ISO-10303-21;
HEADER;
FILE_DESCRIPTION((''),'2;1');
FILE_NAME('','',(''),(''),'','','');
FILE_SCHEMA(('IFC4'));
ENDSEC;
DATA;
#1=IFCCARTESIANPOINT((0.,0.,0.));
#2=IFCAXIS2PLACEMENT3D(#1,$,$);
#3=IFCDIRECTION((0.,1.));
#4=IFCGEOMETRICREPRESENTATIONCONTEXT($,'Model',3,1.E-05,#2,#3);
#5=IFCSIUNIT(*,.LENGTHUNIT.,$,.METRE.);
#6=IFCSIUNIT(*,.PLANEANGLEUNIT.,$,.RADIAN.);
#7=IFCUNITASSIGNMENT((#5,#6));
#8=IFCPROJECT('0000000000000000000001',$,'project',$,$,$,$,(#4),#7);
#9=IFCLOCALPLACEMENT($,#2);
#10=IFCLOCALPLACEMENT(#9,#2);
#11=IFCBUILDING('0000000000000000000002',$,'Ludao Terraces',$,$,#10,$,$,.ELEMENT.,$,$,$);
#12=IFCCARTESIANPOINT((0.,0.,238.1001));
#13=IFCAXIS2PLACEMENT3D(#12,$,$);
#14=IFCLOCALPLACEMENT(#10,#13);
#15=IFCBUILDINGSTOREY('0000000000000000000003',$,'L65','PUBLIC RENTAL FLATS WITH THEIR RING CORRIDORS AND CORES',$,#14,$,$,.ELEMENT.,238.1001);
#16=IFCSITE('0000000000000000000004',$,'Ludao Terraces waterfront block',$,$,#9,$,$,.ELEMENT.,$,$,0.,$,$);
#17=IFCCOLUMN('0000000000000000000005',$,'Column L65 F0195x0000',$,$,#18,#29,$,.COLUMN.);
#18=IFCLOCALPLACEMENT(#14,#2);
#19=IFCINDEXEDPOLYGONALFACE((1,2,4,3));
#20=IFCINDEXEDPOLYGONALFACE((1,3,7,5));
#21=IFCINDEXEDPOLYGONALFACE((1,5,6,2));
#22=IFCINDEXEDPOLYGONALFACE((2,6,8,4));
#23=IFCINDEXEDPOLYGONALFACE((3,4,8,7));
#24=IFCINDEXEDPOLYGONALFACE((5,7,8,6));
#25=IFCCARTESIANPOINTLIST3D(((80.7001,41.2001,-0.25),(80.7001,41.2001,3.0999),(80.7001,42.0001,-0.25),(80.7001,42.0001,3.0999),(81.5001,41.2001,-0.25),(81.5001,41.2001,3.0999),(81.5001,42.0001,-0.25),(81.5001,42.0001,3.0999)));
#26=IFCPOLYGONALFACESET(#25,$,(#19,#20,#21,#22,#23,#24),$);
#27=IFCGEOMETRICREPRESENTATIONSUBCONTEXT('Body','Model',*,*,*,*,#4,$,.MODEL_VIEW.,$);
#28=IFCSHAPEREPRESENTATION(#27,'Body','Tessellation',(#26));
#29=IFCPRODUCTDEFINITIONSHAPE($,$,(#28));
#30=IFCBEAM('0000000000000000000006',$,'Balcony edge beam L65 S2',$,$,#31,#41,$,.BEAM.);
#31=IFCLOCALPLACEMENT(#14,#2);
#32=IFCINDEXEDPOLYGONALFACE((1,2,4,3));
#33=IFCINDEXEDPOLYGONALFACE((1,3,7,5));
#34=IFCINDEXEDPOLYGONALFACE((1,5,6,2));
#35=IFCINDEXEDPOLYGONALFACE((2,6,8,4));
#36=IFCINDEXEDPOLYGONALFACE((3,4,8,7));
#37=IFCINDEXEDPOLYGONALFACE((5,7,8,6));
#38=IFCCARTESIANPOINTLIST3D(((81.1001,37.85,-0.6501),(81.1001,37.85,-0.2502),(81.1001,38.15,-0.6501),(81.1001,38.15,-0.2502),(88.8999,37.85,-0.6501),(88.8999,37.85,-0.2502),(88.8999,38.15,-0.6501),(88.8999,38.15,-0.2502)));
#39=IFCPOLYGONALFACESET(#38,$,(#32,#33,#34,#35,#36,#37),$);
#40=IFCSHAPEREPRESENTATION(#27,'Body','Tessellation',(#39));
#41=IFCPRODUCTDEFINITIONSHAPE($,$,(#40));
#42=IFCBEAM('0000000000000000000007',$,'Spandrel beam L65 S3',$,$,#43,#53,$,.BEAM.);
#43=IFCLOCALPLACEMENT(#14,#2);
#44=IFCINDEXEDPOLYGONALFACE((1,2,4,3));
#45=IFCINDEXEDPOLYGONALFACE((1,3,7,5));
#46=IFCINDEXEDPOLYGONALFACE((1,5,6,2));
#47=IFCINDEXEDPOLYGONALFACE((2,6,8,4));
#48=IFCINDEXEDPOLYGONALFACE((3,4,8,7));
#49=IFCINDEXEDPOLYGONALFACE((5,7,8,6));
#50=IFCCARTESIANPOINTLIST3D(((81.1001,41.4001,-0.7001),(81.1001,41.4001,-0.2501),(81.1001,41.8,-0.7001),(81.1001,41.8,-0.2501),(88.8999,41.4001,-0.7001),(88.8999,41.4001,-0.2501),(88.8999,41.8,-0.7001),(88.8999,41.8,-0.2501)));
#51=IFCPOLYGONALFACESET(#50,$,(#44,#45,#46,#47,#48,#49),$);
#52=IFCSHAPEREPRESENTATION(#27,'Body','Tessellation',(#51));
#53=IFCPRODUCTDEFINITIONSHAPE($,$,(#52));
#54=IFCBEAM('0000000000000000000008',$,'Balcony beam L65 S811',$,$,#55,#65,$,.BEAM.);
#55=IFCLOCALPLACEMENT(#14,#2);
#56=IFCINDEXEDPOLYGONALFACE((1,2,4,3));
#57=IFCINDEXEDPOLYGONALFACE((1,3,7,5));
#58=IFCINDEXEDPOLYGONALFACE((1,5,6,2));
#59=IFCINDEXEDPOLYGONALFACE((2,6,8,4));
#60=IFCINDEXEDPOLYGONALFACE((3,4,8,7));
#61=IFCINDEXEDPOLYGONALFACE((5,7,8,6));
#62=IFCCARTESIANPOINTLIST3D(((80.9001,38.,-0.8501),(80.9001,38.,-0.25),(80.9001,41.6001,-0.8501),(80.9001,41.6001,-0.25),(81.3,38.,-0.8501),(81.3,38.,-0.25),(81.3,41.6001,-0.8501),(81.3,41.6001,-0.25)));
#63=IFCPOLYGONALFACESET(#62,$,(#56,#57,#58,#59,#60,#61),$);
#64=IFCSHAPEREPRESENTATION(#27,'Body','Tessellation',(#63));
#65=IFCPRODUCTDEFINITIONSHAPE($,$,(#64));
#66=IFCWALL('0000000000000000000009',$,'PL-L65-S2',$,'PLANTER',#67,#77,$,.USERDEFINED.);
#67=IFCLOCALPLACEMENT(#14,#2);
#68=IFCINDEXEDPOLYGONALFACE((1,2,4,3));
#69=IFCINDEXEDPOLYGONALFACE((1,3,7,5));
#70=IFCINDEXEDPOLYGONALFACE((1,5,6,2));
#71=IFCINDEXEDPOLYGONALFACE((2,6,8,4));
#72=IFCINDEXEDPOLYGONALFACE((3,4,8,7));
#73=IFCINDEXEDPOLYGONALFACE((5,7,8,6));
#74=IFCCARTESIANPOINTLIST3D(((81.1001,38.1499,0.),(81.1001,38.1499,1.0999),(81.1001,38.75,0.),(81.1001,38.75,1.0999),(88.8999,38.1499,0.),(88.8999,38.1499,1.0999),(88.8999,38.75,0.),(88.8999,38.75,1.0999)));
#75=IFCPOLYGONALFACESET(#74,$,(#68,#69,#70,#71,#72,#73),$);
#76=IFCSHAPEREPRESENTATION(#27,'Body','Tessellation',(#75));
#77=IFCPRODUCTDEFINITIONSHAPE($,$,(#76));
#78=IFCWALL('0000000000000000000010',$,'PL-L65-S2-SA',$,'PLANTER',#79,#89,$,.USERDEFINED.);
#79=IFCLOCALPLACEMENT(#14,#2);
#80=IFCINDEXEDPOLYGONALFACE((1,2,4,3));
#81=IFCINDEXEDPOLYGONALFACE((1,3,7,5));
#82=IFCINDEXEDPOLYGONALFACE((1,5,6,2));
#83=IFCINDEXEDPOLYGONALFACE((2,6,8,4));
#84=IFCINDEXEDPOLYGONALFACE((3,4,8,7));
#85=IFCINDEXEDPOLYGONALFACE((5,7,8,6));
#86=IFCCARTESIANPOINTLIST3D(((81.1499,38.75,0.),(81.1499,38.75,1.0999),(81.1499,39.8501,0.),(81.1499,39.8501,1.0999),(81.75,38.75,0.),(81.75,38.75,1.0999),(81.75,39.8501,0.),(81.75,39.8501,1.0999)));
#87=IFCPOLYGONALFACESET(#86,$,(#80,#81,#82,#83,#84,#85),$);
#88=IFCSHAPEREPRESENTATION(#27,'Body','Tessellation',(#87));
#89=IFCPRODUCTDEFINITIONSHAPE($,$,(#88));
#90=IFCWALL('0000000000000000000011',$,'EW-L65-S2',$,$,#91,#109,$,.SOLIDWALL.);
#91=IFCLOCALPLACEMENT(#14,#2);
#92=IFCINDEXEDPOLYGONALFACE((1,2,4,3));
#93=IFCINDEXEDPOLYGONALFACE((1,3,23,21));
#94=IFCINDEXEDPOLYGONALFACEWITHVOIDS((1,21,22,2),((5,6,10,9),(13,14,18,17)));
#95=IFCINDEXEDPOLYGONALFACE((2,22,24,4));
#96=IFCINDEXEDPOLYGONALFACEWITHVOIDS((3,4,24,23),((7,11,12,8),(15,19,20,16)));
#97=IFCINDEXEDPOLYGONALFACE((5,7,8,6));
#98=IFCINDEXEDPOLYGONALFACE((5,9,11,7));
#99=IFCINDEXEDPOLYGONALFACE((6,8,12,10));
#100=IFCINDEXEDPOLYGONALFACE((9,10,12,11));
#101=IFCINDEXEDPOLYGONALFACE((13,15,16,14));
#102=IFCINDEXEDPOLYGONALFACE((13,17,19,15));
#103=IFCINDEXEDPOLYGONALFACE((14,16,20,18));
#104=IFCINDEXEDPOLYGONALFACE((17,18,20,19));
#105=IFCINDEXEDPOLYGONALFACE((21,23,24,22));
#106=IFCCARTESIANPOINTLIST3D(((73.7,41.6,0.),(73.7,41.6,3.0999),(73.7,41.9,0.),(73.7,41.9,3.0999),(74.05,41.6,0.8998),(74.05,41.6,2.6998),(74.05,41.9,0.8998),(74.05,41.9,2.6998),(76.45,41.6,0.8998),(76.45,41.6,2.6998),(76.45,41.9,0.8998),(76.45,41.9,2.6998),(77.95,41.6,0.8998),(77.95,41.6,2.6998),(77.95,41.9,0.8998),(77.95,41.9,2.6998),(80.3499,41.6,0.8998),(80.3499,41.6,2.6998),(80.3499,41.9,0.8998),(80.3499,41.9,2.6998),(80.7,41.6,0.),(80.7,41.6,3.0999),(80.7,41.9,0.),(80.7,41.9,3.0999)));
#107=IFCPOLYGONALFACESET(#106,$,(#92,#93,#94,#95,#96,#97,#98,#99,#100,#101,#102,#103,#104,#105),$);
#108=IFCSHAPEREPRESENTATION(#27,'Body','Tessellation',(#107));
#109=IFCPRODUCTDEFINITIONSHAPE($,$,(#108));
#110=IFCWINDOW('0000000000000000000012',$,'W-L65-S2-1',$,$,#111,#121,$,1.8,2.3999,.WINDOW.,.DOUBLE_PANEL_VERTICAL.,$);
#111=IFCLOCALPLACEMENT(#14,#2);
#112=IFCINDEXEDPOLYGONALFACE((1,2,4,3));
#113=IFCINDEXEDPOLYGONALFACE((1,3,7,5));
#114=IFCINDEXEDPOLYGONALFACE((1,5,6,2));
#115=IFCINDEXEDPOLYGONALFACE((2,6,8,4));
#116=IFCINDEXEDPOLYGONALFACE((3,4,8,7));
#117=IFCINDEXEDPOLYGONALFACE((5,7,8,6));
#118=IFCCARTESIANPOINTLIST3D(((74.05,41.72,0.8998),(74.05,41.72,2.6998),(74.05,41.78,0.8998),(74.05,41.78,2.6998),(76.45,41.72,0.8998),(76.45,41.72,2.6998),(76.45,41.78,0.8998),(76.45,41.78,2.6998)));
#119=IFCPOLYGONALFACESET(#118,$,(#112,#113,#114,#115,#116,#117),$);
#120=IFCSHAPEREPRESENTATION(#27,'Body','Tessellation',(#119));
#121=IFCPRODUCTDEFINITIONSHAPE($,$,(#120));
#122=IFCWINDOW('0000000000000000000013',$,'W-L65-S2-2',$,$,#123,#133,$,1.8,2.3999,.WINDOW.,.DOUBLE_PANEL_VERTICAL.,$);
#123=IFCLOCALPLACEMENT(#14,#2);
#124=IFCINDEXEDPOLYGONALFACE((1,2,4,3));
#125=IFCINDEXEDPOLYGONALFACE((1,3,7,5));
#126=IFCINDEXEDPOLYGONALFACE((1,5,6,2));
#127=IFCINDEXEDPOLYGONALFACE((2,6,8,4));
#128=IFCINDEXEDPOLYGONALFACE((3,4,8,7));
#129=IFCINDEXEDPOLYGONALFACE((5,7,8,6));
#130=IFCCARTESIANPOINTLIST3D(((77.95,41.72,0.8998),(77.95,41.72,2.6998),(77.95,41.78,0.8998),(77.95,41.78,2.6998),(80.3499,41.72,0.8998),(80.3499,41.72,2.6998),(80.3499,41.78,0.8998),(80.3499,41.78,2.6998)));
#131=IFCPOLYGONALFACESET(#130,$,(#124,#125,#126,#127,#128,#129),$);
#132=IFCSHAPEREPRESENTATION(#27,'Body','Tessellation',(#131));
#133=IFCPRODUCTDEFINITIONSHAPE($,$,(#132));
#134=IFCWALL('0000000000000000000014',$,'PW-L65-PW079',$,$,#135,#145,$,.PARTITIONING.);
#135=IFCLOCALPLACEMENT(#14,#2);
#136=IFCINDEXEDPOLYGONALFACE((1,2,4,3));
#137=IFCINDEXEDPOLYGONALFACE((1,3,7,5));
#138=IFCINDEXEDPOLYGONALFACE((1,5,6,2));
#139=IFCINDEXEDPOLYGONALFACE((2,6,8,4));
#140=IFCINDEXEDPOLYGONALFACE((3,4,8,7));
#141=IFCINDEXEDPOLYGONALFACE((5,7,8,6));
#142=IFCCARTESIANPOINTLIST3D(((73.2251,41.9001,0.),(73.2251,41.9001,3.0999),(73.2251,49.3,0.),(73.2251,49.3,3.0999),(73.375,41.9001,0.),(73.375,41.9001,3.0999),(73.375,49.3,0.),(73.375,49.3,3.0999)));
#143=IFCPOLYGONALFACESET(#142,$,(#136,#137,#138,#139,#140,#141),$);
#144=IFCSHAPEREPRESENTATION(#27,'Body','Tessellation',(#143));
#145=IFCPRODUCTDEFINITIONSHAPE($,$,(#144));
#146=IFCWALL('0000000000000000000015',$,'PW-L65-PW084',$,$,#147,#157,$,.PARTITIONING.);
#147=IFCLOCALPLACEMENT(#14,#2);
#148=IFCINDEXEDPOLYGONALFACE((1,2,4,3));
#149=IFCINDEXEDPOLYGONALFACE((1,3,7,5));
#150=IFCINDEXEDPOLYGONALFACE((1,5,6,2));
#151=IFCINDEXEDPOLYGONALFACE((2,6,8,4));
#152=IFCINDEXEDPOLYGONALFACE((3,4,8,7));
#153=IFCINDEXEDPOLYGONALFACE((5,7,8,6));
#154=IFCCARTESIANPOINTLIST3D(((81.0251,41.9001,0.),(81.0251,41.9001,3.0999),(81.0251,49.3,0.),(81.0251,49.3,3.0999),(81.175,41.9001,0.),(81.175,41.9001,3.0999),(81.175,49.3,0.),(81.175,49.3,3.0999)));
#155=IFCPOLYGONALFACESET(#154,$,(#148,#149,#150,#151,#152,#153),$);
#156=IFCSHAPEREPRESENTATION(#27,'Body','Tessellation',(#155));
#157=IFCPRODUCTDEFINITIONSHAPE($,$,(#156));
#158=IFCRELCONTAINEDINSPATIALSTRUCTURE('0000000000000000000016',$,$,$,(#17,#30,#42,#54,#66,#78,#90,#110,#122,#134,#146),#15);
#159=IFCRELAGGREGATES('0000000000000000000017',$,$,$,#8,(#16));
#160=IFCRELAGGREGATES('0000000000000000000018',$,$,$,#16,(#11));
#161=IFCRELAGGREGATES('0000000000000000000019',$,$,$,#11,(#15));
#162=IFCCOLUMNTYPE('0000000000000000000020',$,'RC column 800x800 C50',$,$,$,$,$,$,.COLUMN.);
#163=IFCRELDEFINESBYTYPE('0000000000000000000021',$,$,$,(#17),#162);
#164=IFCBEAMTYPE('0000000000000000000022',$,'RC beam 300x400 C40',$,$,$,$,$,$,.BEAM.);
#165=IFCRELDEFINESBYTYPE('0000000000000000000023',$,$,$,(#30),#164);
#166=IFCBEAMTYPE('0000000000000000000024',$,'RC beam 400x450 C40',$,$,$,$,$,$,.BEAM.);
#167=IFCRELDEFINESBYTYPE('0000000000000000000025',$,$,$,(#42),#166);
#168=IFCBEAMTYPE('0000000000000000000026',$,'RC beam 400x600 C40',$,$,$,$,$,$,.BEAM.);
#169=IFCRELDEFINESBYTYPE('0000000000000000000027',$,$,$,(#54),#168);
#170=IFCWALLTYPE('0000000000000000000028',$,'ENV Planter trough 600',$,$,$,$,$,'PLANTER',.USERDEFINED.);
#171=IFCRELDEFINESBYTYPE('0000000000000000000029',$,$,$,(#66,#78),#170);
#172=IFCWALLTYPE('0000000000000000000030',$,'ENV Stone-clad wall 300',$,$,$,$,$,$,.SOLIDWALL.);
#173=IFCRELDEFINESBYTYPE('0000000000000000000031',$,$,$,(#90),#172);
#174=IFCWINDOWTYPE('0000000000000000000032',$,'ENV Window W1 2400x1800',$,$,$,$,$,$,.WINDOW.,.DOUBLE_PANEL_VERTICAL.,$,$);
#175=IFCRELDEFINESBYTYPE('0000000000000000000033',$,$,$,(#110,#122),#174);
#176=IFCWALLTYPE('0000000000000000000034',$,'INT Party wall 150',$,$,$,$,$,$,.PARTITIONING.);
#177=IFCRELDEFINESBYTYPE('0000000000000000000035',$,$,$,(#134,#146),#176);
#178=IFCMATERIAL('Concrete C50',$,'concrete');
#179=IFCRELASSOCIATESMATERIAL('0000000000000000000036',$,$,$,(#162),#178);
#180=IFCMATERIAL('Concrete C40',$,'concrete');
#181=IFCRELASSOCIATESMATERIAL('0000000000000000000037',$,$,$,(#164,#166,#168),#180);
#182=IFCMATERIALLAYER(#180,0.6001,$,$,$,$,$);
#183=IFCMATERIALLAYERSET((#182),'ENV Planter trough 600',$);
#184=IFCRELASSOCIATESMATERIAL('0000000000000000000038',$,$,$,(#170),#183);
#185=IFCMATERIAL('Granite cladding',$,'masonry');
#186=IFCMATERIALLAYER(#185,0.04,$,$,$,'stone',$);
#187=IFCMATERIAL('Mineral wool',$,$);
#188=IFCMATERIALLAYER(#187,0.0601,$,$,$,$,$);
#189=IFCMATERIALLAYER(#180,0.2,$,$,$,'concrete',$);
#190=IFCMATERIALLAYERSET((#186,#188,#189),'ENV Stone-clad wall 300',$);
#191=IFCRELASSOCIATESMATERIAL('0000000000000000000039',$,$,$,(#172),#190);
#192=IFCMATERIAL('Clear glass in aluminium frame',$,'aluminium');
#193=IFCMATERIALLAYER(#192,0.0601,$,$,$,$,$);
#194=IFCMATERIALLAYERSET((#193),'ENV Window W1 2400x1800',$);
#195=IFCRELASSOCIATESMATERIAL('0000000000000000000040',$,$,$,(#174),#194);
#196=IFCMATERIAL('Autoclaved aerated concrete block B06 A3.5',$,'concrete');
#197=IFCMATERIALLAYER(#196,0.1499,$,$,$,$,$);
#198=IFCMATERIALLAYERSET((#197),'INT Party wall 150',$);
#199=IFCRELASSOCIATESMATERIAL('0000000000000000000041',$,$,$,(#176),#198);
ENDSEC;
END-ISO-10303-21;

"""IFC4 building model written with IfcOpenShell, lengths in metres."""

from ifc_helpers import new_model, si_unit, direction, frame, frame_2d, origin, origin_2d, place, context, subcontext, project, spatial, rectangle, extrude, material, layer, layer_set, material_profile, profile_set, type_object, element, fill, save


model = new_model("IFC4")

# Units and contexts
model_context = context("Model", 3, precision=1e-05, world=origin(), true_north=direction((0.0, 1.0)))
body_context = subcontext(model_context, "Body", "Model", "MODEL_VIEW")
ifc_project = project(units=[si_unit("LENGTHUNIT", "METRE"), si_unit("PLANEANGLEUNIT", "RADIAN")], contexts=[model_context])

# Site, building, storey
site_placement = place(None, origin())
site = spatial("IfcSite", under=ifc_project, at=site_placement, Name="Ludao Terraces waterfront block", CompositionType="ELEMENT", RefElevation=0.0)
building_placement = place(site_placement, origin())
building = spatial("IfcBuilding", under=site, at=building_placement, Name="Ludao Terraces", CompositionType="ELEMENT")
storey_placement = place(building_placement, frame((0.0, 0.0, 238.1001)))
storey = spatial("IfcBuildingStorey", under=building, at=storey_placement, Name="L65", Description="PUBLIC RENTAL FLATS WITH THEIR RING CORRIDORS AND CORES", CompositionType="ELEMENT", Elevation=238.1001)

# Column
ifc_material_1 = material(Name="Concrete C50", Category="concrete")
ifc_material_profile_1 = material_profile(ifc_material_1, rectangle(XDim=0.8, YDim=0.8, at=origin_2d()), Name="800 X 800")
ifc_profile_set_1 = profile_set([ifc_material_profile_1], Name="Concrete C50")
column_type = type_object("IfcColumnType", Name="RC column 800x800 C50", PredefinedType="COLUMN", material=ifc_profile_set_1)
column_placement = place(storey_placement, frame((81.1001, 41.6001, -0.25), z_axis=(0.0, 0.0, 1.0), x_axis=(1.0, 0.0, 0.0)))
element("IfcColumn", 1, at=column_placement, inside=storey, type_object=column_type, Name="Column L65 F0195x0000", PredefinedType="COLUMN", context=body_context, shape_type="SweptSolid", body=[
    extrude(rectangle(XDim=0.8, YDim=0.8, at=origin_2d()), origin(), (0.0, 0.0, 1.0), 3.3499),
])

# Beams
ifc_material_2 = material(Name="Concrete C40", Category="concrete")
ifc_material_profile_2 = material_profile(ifc_material_2, rectangle(XDim=0.3, YDim=0.3999, at=origin_2d()), Name="300 X 400")
ifc_profile_set_2 = profile_set([ifc_material_profile_2], Name="Concrete C40")
beam_type_1 = type_object("IfcBeamType", Name="RC beam 300x400 C40", PredefinedType="BEAM", material=ifc_profile_set_2)
beam_1_placement = place(storey_placement, frame((81.1001, 38.0, -0.4502), z_axis=(1.0, 0.0, 0.0), x_axis=(0.0, 1.0, 0.0)))
element("IfcBeam", 2, at=beam_1_placement, inside=storey, type_object=beam_type_1, Name="Balcony edge beam L65 S2", PredefinedType="BEAM", context=body_context, shape_type="SweptSolid", body=[
    extrude(rectangle(XDim=0.3, YDim=0.3999, at=origin_2d()), origin(), (0.0, 0.0, 1.0), 7.7998),
])
ifc_material_profile_3 = material_profile(ifc_material_2, rectangle(XDim=0.3999, YDim=0.45, at=origin_2d()), Name="400 X 450")
ifc_profile_set_3 = profile_set([ifc_material_profile_3], Name="Concrete C40")
beam_type_2 = type_object("IfcBeamType", Name="RC beam 400x450 C40", PredefinedType="BEAM", material=ifc_profile_set_3)
beam_2_placement = place(storey_placement, frame((81.1001, 41.6001, -0.4751), z_axis=(1.0, 0.0, 0.0), x_axis=(0.0, 1.0, 0.0)))
element("IfcBeam", 3, at=beam_2_placement, inside=storey, type_object=beam_type_2, Name="Spandrel beam L65 S3", PredefinedType="BEAM", context=body_context, shape_type="SweptSolid", body=[
    extrude(rectangle(XDim=0.3999, YDim=0.45, at=origin_2d()), origin(), (0.0, 0.0, 1.0), 7.7998),
])
ifc_material_profile_4 = material_profile(ifc_material_2, rectangle(XDim=0.3999, YDim=0.6001, at=origin_2d()), Name="400 X 600")
ifc_profile_set_4 = profile_set([ifc_material_profile_4], Name="Concrete C40")
beam_type_3 = type_object("IfcBeamType", Name="RC beam 400x600 C40", PredefinedType="BEAM", material=ifc_profile_set_4)
beam_3_placement = place(storey_placement, frame((81.1001, 41.6001, -0.55), z_axis=(0.0, -1.0, 0.0), x_axis=(1.0, 0.0, 0.0)))
element("IfcBeam", 4, at=beam_3_placement, inside=storey, type_object=beam_type_3, Name="Balcony beam L65 S811", PredefinedType="BEAM", context=body_context, shape_type="SweptSolid", body=[
    extrude(rectangle(XDim=0.3999, YDim=0.6001, at=origin_2d()), origin(), (0.0, 0.0, 1.0), 3.6001),
])

# Walls
ifc_layer_1 = layer(ifc_material_2, 0.6001)
ifc_layer_set_1 = layer_set([ifc_layer_1], Name="ENV Planter trough 600")
wall_type_1 = type_object("IfcWallType", Name="ENV Planter trough 600", ElementType="PLANTER", PredefinedType="USERDEFINED", material=ifc_layer_set_1)
wall_1_placement = place(storey_placement, frame((81.1001, 38.45, 0.0), z_axis=(0.0, 0.0, 1.0), x_axis=(1.0, 0.0, 0.0)))
element("IfcWall", 5, at=wall_1_placement, inside=storey, type_object=wall_type_1, Name="PL-L65-S2", ObjectType="PLANTER", PredefinedType="USERDEFINED", context=body_context, shape_type="SweptSolid", body=[
    extrude(rectangle(XDim=7.7998, YDim=0.6001, at=frame_2d((3.8999, 0.0))), origin(), (0.0, 0.0, 1.0), 1.0999),
])
wall_2_placement = place(storey_placement, frame((81.45, 38.75, 0.0), z_axis=(0.0, 0.0, 1.0), x_axis=(0.0, 1.0, 0.0)))
element("IfcWall", 6, at=wall_2_placement, inside=storey, type_object=wall_type_1, Name="PL-L65-S2-SA", ObjectType="PLANTER", PredefinedType="USERDEFINED", context=body_context, shape_type="SweptSolid", body=[
    extrude(rectangle(XDim=1.1001, YDim=0.6001, at=frame_2d((0.55, 0.0))), origin(), (0.0, 0.0, 1.0), 1.0999),
])

# Wall, openings, windows
ifc_material_3 = material(Name="Granite cladding", Category="masonry")
ifc_layer_2 = layer(ifc_material_3, 0.04, Category="stone")
ifc_material_4 = material(Name="Mineral wool")
ifc_layer_3 = layer(ifc_material_4, 0.0601)
ifc_layer_4 = layer(ifc_material_2, 0.2, Category="concrete")
ifc_layer_set_2 = layer_set([ifc_layer_2, ifc_layer_3, ifc_layer_4], Name="ENV Stone-clad wall 300")
wall_type_2 = type_object("IfcWallType", Name="ENV Stone-clad wall 300", PredefinedType="SOLIDWALL", material=ifc_layer_set_2)
wall_3_placement = place(storey_placement, frame((73.7, 41.75, 0.0), z_axis=(0.0, 0.0, 1.0), x_axis=(1.0, 0.0, 0.0)))
wall_3 = element("IfcWall", 7, at=wall_3_placement, inside=storey, type_object=wall_type_2, Name="EW-L65-S2", PredefinedType="SOLIDWALL", context=body_context, shape_type="SweptSolid", body=[
    extrude(rectangle(XDim=7.0, YDim=0.3, at=frame_2d((3.5, 0.0))), origin(), (0.0, 0.0, 1.0), 3.0999),
])
opening_1_placement = place(wall_3_placement, frame((0.3501, 0.0, 0.8999)))
opening_1 = element("IfcOpeningElement", 8, at=opening_1_placement, cuts=wall_3, PredefinedType="OPENING", context=body_context, shape_type="SweptSolid", body=[
    extrude(rectangle(XDim=2.3999, YDim=1.8, at=frame_2d((1.2, 0.8999))), frame((0.0, 0.1602, 0.0), z_axis=(0.0, -1.0, 0.0), x_axis=(1.0, 0.0, 0.0)), (0.0, 0.0, 1.0), 0.3201),
])
opening_2_placement = place(wall_3_placement, frame((4.25, 0.0, 0.8999)))
opening_2 = element("IfcOpeningElement", 9, at=opening_2_placement, cuts=wall_3, PredefinedType="OPENING", context=body_context, shape_type="SweptSolid", body=[
    extrude(rectangle(XDim=2.3999, YDim=1.8, at=frame_2d((1.2, 0.8999))), frame((0.0, 0.1602, 0.0), z_axis=(0.0, -1.0, 0.0), x_axis=(1.0, 0.0, 0.0)), (0.0, 0.0, 1.0), 0.3201),
])
ifc_material_5 = material(Name="Clear glass in aluminium frame", Category="aluminium")
ifc_layer_5 = layer(ifc_material_5, 0.0601)
ifc_layer_set_3 = layer_set([ifc_layer_5], Name="ENV Window W1 2400x1800")
window_type = type_object("IfcWindowType", Name="ENV Window W1 2400x1800", PartitioningType="DOUBLE_PANEL_VERTICAL", PredefinedType="WINDOW", material=ifc_layer_set_3)
window_1_placement = place(opening_1_placement, origin())
window_1 = element("IfcWindow", 10, at=window_1_placement, inside=storey, type_object=window_type, Name="W-L65-S2-1", OverallHeight=1.8, OverallWidth=2.3999, PartitioningType="DOUBLE_PANEL_VERTICAL", PredefinedType="WINDOW", context=body_context, shape_type="SweptSolid", body=[
    extrude(rectangle(XDim=2.3999, YDim=1.8, at=frame_2d((1.2, 0.8999))), frame((0.0, 0.03, 0.0), z_axis=(0.0, -1.0, 0.0), x_axis=(1.0, 0.0, 0.0)), (0.0, 0.0, 1.0), 0.0601),
])
fill(opening_1, window_1)
window_2_placement = place(opening_2_placement, origin())
window_2 = element("IfcWindow", 11, at=window_2_placement, inside=storey, type_object=window_type, Name="W-L65-S2-2", OverallHeight=1.8, OverallWidth=2.3999, PartitioningType="DOUBLE_PANEL_VERTICAL", PredefinedType="WINDOW", context=body_context, shape_type="SweptSolid", body=[
    extrude(rectangle(XDim=2.3999, YDim=1.8, at=frame_2d((1.2, 0.8999))), frame((0.0, 0.03, 0.0), z_axis=(0.0, -1.0, 0.0), x_axis=(1.0, 0.0, 0.0)), (0.0, 0.0, 1.0), 0.0601),
])
fill(opening_2, window_2)

# Walls
ifc_material_6 = material(Name="Autoclaved aerated concrete block B06 A3.5", Category="concrete")
ifc_layer_6 = layer(ifc_material_6, 0.1499)
ifc_layer_set_4 = layer_set([ifc_layer_6], Name="INT Party wall 150")
wall_type_3 = type_object("IfcWallType", Name="INT Party wall 150", PredefinedType="PARTITIONING", material=ifc_layer_set_4)
for number, where, z_axis, x_axis, name in (
    (12, (73.3, 41.9001, 0.0), (0.0, 0.0, 1.0), (0.0, 1.0, 0.0), "PW-L65-PW079"),
    (13, (81.1001, 41.9001, 0.0), (0.0, 0.0, 1.0), (0.0, 1.0, 0.0), "PW-L65-PW084"),
):
    element("IfcWall", number, at=place(storey_placement, frame(where, z_axis=z_axis, x_axis=x_axis)), inside=storey, type_object=wall_type_3, Name=name, PredefinedType="PARTITIONING", context=body_context, shape_type="SweptSolid", body=[
        extrude(rectangle(XDim=7.3999, YDim=0.1499, at=frame_2d((3.7, 0.0))), origin(), (0.0, 0.0, 1.0), 3.0999),
    ])

save(model, "model.ifc")
